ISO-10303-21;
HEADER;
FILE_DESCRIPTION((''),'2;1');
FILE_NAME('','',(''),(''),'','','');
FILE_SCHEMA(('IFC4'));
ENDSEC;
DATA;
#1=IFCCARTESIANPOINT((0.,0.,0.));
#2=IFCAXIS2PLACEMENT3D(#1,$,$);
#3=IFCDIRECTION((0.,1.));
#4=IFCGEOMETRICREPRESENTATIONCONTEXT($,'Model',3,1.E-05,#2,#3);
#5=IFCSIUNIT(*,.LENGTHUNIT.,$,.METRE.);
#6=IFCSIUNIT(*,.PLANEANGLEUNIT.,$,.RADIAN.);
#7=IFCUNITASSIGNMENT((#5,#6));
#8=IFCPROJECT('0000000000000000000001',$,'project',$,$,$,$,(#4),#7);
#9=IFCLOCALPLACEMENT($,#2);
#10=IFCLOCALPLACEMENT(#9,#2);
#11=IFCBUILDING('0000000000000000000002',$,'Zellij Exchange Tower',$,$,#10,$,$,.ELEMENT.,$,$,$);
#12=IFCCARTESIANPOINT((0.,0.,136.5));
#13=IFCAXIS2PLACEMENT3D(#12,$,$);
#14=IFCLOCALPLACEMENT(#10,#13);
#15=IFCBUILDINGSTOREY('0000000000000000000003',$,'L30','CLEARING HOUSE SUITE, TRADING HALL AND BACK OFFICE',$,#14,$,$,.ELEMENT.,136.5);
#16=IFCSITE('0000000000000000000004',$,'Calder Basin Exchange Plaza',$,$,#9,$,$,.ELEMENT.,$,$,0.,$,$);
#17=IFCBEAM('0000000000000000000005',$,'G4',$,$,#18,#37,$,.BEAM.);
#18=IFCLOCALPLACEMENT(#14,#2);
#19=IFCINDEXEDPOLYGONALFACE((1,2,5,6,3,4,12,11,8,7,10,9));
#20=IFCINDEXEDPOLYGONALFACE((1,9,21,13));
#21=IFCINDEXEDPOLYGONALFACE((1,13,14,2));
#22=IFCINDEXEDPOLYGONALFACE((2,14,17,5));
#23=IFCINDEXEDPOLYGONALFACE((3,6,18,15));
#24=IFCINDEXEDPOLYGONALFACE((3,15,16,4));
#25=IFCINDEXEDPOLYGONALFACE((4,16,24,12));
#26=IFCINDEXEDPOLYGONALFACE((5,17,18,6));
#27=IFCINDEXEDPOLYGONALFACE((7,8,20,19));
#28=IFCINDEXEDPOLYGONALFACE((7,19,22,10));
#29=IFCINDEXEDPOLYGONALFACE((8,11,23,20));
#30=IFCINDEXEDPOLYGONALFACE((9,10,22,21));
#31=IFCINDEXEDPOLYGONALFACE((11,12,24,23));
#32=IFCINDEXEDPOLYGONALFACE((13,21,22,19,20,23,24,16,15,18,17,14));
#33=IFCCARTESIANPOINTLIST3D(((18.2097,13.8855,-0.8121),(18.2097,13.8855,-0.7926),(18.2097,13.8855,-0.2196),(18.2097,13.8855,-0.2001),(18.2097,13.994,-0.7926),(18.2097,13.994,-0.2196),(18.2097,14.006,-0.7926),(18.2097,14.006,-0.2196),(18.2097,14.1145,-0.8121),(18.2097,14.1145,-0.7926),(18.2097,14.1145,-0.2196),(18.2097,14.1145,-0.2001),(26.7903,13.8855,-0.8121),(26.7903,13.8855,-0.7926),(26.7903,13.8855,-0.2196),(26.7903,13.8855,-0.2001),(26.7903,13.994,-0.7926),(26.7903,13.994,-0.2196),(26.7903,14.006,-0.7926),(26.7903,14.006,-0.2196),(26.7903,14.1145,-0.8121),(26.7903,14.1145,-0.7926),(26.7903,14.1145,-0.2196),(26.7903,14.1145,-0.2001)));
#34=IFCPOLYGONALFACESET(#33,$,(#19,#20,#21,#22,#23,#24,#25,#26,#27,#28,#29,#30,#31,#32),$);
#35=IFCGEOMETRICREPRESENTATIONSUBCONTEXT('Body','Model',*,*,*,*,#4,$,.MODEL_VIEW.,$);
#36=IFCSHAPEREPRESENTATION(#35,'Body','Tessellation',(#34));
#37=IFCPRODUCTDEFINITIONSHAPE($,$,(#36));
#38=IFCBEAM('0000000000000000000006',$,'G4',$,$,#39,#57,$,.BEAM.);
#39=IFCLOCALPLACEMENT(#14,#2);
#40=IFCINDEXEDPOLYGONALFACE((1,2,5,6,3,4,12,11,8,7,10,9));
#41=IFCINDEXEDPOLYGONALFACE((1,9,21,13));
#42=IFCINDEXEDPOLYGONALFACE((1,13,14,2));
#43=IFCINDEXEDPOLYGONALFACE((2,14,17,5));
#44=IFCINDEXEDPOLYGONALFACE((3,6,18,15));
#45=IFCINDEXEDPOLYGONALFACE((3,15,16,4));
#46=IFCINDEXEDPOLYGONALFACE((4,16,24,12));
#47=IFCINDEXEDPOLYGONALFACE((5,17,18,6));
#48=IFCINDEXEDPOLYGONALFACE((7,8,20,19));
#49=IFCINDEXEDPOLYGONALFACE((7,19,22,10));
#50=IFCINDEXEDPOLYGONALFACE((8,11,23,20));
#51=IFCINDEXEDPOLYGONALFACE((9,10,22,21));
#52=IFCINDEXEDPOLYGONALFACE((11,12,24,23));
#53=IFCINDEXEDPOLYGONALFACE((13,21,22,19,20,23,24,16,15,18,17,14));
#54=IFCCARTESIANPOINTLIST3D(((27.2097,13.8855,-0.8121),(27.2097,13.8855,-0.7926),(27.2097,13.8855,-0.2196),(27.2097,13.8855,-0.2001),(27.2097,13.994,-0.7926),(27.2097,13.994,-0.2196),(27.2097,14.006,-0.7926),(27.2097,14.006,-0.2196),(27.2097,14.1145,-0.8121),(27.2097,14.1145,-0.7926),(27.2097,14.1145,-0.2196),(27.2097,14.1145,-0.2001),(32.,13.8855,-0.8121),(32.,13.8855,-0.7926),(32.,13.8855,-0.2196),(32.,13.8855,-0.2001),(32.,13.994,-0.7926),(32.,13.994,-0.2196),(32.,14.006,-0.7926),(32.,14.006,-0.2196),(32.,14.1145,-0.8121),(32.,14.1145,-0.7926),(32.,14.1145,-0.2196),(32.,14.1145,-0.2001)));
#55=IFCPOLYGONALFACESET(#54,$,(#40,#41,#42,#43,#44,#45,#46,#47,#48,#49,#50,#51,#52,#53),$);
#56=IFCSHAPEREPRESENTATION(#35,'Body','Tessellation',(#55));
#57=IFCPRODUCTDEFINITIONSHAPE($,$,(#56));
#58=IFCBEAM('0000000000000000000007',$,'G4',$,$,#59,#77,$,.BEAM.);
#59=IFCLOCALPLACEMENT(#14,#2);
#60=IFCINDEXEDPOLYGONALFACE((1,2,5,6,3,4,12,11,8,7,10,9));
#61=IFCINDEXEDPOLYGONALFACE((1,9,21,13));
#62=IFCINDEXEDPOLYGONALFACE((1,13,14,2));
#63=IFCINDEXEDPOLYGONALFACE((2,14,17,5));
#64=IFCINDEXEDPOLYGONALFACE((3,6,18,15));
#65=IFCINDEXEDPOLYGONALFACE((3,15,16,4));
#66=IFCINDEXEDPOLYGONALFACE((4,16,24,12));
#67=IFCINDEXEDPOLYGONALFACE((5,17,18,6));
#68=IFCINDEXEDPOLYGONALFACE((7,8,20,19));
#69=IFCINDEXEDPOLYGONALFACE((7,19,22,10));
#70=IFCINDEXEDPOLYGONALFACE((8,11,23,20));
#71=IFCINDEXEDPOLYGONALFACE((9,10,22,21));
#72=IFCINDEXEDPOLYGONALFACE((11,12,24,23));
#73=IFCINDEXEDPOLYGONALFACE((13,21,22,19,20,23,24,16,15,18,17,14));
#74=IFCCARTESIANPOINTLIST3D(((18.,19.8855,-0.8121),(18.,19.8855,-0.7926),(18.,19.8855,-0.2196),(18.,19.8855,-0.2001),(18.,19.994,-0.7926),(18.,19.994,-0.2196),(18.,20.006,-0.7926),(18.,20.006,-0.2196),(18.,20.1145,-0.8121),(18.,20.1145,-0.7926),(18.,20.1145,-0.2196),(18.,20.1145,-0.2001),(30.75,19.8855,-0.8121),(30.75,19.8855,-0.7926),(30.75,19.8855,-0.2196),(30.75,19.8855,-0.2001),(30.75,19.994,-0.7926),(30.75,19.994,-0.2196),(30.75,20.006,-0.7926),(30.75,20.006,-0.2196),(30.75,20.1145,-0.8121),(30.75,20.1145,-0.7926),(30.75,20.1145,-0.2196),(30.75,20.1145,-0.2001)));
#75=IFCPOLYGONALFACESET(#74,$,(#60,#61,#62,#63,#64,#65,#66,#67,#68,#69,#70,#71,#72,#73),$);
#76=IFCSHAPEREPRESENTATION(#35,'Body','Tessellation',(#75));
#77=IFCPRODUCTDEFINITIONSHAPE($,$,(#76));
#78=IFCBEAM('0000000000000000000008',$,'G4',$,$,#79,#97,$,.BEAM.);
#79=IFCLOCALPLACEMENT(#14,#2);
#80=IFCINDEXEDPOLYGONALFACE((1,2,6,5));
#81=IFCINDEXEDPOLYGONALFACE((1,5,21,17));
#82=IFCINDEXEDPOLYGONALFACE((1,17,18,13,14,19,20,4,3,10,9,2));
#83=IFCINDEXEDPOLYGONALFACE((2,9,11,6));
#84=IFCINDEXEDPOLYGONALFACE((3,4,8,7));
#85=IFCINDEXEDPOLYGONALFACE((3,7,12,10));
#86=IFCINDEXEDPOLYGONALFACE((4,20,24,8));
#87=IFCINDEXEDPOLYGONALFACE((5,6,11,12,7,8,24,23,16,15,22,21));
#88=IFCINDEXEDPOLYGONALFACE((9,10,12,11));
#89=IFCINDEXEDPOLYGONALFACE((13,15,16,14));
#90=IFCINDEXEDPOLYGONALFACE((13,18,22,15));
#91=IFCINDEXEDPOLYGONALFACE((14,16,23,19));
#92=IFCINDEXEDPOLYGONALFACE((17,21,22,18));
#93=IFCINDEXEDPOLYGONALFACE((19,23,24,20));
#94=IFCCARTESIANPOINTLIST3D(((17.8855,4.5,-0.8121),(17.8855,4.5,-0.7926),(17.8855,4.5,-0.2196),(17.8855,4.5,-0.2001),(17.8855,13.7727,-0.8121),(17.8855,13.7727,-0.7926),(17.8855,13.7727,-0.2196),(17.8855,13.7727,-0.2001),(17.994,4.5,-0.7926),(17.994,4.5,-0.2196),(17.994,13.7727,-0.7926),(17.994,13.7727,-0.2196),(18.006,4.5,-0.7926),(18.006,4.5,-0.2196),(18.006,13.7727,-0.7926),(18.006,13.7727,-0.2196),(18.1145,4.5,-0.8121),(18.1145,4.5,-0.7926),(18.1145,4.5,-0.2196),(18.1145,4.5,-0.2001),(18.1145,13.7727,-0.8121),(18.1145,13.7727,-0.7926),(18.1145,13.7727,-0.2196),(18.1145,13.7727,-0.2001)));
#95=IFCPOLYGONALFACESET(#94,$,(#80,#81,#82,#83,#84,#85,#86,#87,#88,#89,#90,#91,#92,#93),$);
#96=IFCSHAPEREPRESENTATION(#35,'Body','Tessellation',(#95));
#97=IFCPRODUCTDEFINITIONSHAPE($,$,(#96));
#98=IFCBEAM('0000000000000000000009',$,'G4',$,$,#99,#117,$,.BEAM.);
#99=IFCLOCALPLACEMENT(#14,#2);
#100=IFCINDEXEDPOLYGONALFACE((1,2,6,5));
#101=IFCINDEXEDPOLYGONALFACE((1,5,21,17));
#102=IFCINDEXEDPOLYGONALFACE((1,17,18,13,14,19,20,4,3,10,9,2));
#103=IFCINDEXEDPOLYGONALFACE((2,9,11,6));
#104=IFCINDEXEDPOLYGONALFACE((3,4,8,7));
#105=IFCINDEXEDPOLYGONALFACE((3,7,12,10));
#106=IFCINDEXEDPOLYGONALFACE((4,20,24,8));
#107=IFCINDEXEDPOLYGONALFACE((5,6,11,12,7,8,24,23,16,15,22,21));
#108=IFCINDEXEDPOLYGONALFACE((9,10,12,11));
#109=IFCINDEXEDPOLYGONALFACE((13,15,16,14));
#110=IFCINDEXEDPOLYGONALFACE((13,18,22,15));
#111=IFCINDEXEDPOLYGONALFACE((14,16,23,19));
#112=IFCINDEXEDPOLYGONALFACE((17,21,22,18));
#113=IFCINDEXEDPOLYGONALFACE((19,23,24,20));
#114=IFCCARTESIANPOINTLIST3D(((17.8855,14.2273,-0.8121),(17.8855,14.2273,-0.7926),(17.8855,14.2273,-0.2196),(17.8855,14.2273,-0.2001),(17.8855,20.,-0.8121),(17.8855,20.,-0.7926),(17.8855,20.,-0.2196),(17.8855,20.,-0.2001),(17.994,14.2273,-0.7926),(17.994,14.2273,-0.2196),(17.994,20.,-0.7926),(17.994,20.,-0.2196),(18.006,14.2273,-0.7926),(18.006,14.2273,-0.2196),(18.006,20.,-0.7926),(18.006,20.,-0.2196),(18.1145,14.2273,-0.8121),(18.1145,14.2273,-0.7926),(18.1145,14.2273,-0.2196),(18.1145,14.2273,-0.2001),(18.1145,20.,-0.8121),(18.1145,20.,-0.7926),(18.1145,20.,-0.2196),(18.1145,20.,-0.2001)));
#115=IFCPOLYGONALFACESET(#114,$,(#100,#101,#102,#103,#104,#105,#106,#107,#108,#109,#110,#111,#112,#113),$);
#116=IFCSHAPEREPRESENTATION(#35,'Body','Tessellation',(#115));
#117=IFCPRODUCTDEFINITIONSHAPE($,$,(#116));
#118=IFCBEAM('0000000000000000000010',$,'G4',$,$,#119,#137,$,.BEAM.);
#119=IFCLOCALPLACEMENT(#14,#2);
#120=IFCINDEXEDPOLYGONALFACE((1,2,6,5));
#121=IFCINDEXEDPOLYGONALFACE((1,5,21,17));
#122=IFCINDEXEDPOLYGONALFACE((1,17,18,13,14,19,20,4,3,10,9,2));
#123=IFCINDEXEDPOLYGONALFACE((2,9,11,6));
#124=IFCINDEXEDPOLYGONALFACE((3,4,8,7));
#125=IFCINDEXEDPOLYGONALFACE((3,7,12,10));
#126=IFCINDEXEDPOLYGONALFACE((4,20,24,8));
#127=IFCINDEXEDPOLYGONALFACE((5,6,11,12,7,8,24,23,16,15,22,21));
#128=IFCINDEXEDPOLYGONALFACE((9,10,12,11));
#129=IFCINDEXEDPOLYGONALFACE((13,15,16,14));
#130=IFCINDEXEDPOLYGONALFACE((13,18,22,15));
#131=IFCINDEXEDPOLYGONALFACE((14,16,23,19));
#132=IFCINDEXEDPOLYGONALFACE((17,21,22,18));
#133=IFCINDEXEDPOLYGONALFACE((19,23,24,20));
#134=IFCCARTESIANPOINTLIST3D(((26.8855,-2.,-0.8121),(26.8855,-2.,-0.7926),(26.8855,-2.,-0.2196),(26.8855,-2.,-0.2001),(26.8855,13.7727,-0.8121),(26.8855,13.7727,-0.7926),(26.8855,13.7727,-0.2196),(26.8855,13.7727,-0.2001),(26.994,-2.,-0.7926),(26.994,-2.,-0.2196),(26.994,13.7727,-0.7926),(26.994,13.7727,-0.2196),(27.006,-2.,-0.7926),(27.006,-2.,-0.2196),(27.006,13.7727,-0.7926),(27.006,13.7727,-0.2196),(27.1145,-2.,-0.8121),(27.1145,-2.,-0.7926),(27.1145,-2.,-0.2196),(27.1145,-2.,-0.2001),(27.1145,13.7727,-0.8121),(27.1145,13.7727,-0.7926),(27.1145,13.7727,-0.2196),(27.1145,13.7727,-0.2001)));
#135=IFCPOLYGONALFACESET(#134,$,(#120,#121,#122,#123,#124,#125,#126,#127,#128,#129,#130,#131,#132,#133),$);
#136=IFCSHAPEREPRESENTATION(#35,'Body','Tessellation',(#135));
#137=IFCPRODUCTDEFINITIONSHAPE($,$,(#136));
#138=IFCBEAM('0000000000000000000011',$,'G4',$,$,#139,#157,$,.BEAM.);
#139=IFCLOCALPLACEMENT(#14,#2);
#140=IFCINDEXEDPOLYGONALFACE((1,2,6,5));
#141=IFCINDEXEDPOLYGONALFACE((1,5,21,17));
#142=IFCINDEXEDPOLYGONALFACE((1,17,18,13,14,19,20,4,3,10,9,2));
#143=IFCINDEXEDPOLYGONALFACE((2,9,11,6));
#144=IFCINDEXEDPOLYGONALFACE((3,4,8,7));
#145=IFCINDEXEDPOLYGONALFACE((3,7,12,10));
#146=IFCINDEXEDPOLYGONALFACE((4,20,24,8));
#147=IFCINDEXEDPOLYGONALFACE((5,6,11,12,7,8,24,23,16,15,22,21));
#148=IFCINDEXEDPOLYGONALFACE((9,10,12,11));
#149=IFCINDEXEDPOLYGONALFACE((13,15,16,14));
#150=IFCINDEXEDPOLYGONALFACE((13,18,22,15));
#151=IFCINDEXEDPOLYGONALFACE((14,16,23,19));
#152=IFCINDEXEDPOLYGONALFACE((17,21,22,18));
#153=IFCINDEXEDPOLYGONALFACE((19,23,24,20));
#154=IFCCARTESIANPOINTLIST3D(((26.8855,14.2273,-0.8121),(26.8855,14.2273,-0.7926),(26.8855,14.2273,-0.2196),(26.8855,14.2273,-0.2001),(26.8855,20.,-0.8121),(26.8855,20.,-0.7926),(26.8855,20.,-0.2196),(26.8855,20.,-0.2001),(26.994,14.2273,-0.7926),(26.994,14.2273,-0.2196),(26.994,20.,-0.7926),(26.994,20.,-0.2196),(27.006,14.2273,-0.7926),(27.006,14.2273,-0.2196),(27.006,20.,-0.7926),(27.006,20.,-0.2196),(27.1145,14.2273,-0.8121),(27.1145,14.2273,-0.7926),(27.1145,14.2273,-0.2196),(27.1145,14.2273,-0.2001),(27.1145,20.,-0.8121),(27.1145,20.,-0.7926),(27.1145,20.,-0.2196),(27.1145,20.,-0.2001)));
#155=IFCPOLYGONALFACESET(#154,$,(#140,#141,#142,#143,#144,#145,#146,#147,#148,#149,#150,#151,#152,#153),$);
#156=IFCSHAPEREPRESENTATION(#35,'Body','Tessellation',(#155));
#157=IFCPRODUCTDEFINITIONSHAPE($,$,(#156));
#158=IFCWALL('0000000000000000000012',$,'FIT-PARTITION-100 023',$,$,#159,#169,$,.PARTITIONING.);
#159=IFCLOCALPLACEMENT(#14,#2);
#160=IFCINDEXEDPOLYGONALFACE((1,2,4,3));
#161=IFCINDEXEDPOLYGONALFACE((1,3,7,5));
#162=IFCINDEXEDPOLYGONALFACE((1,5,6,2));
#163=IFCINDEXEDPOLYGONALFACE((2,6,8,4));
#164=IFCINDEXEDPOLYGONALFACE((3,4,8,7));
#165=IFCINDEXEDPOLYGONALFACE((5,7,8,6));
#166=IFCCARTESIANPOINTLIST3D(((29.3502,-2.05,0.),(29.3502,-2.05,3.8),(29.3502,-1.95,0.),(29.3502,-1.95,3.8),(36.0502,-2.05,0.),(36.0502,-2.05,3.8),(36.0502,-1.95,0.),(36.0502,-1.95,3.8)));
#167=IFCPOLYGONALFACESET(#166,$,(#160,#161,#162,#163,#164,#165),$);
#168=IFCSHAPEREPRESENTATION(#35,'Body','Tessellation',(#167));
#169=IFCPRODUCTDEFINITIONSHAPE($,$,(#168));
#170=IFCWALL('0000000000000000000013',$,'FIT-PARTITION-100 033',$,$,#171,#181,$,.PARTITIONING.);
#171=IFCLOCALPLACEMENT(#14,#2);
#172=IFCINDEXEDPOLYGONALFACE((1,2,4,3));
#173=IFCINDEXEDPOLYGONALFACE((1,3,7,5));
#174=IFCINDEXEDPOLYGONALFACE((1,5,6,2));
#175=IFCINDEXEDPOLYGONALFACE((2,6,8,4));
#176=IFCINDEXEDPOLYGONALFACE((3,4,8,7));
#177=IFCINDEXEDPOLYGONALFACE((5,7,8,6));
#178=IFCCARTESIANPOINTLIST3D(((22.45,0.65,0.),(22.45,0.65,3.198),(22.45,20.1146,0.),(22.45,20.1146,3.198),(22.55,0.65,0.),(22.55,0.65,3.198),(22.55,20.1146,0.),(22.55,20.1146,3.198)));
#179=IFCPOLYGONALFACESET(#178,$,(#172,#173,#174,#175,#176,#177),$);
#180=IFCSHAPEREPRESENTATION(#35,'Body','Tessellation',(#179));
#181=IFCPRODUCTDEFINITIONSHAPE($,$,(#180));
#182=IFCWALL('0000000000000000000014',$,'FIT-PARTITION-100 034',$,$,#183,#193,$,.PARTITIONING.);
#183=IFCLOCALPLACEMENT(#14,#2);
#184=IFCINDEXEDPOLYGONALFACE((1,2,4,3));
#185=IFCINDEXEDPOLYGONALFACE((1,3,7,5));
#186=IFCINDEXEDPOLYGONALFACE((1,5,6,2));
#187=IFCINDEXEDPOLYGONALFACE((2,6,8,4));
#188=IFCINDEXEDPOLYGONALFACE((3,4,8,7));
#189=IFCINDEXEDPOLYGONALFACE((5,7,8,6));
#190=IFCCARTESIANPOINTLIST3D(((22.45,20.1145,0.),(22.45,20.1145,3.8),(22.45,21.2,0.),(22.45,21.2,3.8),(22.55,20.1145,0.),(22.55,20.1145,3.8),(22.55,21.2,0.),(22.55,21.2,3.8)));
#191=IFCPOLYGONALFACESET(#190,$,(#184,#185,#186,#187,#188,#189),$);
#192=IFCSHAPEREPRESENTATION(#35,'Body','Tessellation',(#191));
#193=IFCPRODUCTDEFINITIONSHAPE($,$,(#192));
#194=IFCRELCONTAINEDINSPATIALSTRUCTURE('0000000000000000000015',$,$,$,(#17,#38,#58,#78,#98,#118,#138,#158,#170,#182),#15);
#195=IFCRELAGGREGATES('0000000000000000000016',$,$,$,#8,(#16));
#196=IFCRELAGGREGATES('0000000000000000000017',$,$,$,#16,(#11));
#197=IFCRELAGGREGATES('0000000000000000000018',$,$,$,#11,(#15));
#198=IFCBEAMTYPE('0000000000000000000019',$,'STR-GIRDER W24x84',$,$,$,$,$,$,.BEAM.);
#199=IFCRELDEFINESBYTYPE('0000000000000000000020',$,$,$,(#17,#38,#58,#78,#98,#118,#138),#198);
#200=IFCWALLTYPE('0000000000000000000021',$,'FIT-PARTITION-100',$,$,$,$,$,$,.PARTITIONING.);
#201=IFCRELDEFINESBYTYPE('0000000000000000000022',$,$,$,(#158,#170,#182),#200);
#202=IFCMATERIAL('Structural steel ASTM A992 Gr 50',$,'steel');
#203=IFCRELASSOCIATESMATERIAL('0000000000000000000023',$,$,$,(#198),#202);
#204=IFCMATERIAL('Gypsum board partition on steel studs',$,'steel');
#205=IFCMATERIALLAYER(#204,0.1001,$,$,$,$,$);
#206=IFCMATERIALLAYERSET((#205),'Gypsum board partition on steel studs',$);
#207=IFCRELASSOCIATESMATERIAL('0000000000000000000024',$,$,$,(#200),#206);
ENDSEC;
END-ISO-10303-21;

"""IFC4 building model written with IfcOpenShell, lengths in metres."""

from ifc_helpers import new_model, si_unit, direction, frame, frame_2d, origin, origin_2d, place, context, subcontext, project, spatial, rectangle, i_section, extrude, material, layer, layer_set, material_profile, profile_set, type_object, element, save


model = new_model("IFC4")

# Units and contexts
model_context = context("Model", 3, precision=1e-05, world=origin(), true_north=direction((0.0, 1.0)))
body_context = subcontext(model_context, "Body", "Model", "MODEL_VIEW")
ifc_project = project(units=[si_unit("LENGTHUNIT", "METRE"), si_unit("PLANEANGLEUNIT", "RADIAN")], contexts=[model_context])

# Site, building, storey
site_placement = place(None, origin())
site = spatial("IfcSite", under=ifc_project, at=site_placement, Name="Calder Basin Exchange Plaza", CompositionType="ELEMENT", RefElevation=0.0)
building_placement = place(site_placement, origin())
building = spatial("IfcBuilding", under=site, at=building_placement, Name="Zellij Exchange Tower", CompositionType="ELEMENT")
storey_placement = place(building_placement, frame((0.0, 0.0, 136.5)))
storey = spatial("IfcBuildingStorey", under=building, at=storey_placement, Name="L30", Description="CLEARING HOUSE SUITE, TRADING HALL AND BACK OFFICE", CompositionType="ELEMENT", Elevation=136.5)

# Beams
ifc_material_1 = material(Name="Structural steel ASTM A992 Gr 50", Category="steel")
ifc_material_profile_1 = material_profile(ifc_material_1, i_section(OverallWidth=0.229, OverallDepth=0.6121, WebThickness=0.012, FlangeThickness=0.0195, at=origin_2d()), Name="W24x84")
ifc_profile_set_1 = profile_set([ifc_material_profile_1], Name="Structural steel ASTM A992 Gr 50")
beam_type_1 = type_object("IfcBeamType", Name="STR-GIRDER W24x84", PredefinedType="BEAM", material=ifc_profile_set_1)
beam_1_placement = place(storey_placement, frame((18.2097, 14.0, -0.5061), z_axis=(1.0, 0.0, 0.0), x_axis=(0.0, 1.0, 0.0)))
element("IfcBeam", 1, at=beam_1_placement, inside=storey, type_object=beam_type_1, Name="G4", PredefinedType="BEAM", context=body_context, shape_type="SweptSolid", body=[
    extrude(i_section(OverallWidth=0.229, OverallDepth=0.6121, WebThickness=0.012, FlangeThickness=0.0195, at=origin_2d()), origin(), (0.0, 0.0, 1.0), 8.5806),
])
beam_2_placement = place(storey_placement, frame((27.2097, 14.0, -0.5061), z_axis=(1.0, 0.0, 0.0), x_axis=(0.0, 1.0, 0.0)))
element("IfcBeam", 2, at=beam_2_placement, inside=storey, type_object=beam_type_1, Name="G4", PredefinedType="BEAM", context=body_context, shape_type="SweptSolid", body=[
    extrude(i_section(OverallWidth=0.229, OverallDepth=0.6121, WebThickness=0.012, FlangeThickness=0.0195, at=origin_2d()), origin(), (0.0, 0.0, 1.0), 4.7903),
])
beam_3_placement = place(storey_placement, frame((18.0, 20.0, -0.5061), z_axis=(1.0, 0.0, 0.0), x_axis=(0.0, 1.0, 0.0)))
element("IfcBeam", 3, at=beam_3_placement, inside=storey, type_object=beam_type_1, Name="G4", PredefinedType="BEAM", context=body_context, shape_type="SweptSolid", body=[
    extrude(i_section(OverallWidth=0.229, OverallDepth=0.6121, WebThickness=0.012, FlangeThickness=0.0195, at=origin_2d()), origin(), (0.0, 0.0, 1.0), 12.75),
])
beam_4_placement = place(storey_placement, frame((18.0, 4.5, -0.5061), z_axis=(0.0, 1.0, 0.0), x_axis=(-1.0, 0.0, 0.0)))
element("IfcBeam", 4, at=beam_4_placement, inside=storey, type_object=beam_type_1, Name="G4", PredefinedType="BEAM", context=body_context, shape_type="SweptSolid", body=[
    extrude(i_section(OverallWidth=0.229, OverallDepth=0.6121, WebThickness=0.012, FlangeThickness=0.0195, at=origin_2d()), origin(), (0.0, 0.0, 1.0), 9.2727),
])
beam_5_placement = place(storey_placement, frame((18.0, 14.2273, -0.5061), z_axis=(0.0, 1.0, 0.0), x_axis=(-1.0, 0.0, 0.0)))
element("IfcBeam", 5, at=beam_5_placement, inside=storey, type_object=beam_type_1, Name="G4", PredefinedType="BEAM", context=body_context, shape_type="SweptSolid", body=[
    extrude(i_section(OverallWidth=0.229, OverallDepth=0.6121, WebThickness=0.012, FlangeThickness=0.0195, at=origin_2d()), origin(), (0.0, 0.0, 1.0), 5.7727),
])
beam_6_placement = place(storey_placement, frame((27.0, -2.0, -0.5061), z_axis=(0.0, 1.0, 0.0), x_axis=(-1.0, 0.0, 0.0)))
element("IfcBeam", 6, at=beam_6_placement, inside=storey, type_object=beam_type_1, Name="G4", PredefinedType="BEAM", context=body_context, shape_type="SweptSolid", body=[
    extrude(i_section(OverallWidth=0.229, OverallDepth=0.6121, WebThickness=0.012, FlangeThickness=0.0195, at=origin_2d()), origin(), (0.0, 0.0, 1.0), 15.7727),
])
beam_7_placement = place(storey_placement, frame((27.0, 14.2273, -0.5061), z_axis=(0.0, 1.0, 0.0), x_axis=(-1.0, 0.0, 0.0)))
element("IfcBeam", 7, at=beam_7_placement, inside=storey, type_object=beam_type_1, Name="G4", PredefinedType="BEAM", context=body_context, shape_type="SweptSolid", body=[
    extrude(i_section(OverallWidth=0.229, OverallDepth=0.6121, WebThickness=0.012, FlangeThickness=0.0195, at=origin_2d()), origin(), (0.0, 0.0, 1.0), 5.7727),
])

# Walls
ifc_material_2 = material(Name="Gypsum board partition on steel studs", Category="steel")
ifc_layer = layer(ifc_material_2, 0.1001)
ifc_layer_set = layer_set([ifc_layer], Name="Gypsum board partition on steel studs")
wall_type = type_object("IfcWallType", Name="FIT-PARTITION-100", PredefinedType="PARTITIONING", material=ifc_layer_set)
wall_1_placement = place(storey_placement, frame((29.3501, -2.0, 0.0), z_axis=(0.0, 0.0, 1.0), x_axis=(1.0, 0.0, 0.0)))
element("IfcWall", 8, at=wall_1_placement, inside=storey, type_object=wall_type, Name="FIT-PARTITION-100 023", PredefinedType="PARTITIONING", context=body_context, shape_type="SweptSolid", body=[
    extrude(rectangle(XDim=6.7, YDim=0.1001, at=frame_2d((3.3501, 0.0))), origin(), (0.0, 0.0, 1.0), 3.8),
])
wall_2_placement = place(storey_placement, frame((22.5, 0.6499, 0.0), z_axis=(0.0, 0.0, 1.0), x_axis=(0.0, 1.0, 0.0)))
element("IfcWall", 9, at=wall_2_placement, inside=storey, type_object=wall_type, Name="FIT-PARTITION-100 033", PredefinedType="PARTITIONING", context=body_context, shape_type="SweptSolid", body=[
    extrude(rectangle(XDim=19.4646, YDim=0.1001, at=frame_2d((9.7324, 0.0))), origin(), (0.0, 0.0, 1.0), 3.198),
])
wall_3_placement = place(storey_placement, frame((22.5, 20.1145, 0.0), z_axis=(0.0, 0.0, 1.0), x_axis=(0.0, 1.0, 0.0)))
element("IfcWall", 10, at=wall_3_placement, inside=storey, type_object=wall_type, Name="FIT-PARTITION-100 034", PredefinedType="PARTITIONING", context=body_context, shape_type="SweptSolid", body=[
    extrude(rectangle(XDim=1.0854, YDim=0.1001, at=frame_2d((0.5427, 0.0))), origin(), (0.0, 0.0, 1.0), 3.8),
])

save(model, "model.ifc")
